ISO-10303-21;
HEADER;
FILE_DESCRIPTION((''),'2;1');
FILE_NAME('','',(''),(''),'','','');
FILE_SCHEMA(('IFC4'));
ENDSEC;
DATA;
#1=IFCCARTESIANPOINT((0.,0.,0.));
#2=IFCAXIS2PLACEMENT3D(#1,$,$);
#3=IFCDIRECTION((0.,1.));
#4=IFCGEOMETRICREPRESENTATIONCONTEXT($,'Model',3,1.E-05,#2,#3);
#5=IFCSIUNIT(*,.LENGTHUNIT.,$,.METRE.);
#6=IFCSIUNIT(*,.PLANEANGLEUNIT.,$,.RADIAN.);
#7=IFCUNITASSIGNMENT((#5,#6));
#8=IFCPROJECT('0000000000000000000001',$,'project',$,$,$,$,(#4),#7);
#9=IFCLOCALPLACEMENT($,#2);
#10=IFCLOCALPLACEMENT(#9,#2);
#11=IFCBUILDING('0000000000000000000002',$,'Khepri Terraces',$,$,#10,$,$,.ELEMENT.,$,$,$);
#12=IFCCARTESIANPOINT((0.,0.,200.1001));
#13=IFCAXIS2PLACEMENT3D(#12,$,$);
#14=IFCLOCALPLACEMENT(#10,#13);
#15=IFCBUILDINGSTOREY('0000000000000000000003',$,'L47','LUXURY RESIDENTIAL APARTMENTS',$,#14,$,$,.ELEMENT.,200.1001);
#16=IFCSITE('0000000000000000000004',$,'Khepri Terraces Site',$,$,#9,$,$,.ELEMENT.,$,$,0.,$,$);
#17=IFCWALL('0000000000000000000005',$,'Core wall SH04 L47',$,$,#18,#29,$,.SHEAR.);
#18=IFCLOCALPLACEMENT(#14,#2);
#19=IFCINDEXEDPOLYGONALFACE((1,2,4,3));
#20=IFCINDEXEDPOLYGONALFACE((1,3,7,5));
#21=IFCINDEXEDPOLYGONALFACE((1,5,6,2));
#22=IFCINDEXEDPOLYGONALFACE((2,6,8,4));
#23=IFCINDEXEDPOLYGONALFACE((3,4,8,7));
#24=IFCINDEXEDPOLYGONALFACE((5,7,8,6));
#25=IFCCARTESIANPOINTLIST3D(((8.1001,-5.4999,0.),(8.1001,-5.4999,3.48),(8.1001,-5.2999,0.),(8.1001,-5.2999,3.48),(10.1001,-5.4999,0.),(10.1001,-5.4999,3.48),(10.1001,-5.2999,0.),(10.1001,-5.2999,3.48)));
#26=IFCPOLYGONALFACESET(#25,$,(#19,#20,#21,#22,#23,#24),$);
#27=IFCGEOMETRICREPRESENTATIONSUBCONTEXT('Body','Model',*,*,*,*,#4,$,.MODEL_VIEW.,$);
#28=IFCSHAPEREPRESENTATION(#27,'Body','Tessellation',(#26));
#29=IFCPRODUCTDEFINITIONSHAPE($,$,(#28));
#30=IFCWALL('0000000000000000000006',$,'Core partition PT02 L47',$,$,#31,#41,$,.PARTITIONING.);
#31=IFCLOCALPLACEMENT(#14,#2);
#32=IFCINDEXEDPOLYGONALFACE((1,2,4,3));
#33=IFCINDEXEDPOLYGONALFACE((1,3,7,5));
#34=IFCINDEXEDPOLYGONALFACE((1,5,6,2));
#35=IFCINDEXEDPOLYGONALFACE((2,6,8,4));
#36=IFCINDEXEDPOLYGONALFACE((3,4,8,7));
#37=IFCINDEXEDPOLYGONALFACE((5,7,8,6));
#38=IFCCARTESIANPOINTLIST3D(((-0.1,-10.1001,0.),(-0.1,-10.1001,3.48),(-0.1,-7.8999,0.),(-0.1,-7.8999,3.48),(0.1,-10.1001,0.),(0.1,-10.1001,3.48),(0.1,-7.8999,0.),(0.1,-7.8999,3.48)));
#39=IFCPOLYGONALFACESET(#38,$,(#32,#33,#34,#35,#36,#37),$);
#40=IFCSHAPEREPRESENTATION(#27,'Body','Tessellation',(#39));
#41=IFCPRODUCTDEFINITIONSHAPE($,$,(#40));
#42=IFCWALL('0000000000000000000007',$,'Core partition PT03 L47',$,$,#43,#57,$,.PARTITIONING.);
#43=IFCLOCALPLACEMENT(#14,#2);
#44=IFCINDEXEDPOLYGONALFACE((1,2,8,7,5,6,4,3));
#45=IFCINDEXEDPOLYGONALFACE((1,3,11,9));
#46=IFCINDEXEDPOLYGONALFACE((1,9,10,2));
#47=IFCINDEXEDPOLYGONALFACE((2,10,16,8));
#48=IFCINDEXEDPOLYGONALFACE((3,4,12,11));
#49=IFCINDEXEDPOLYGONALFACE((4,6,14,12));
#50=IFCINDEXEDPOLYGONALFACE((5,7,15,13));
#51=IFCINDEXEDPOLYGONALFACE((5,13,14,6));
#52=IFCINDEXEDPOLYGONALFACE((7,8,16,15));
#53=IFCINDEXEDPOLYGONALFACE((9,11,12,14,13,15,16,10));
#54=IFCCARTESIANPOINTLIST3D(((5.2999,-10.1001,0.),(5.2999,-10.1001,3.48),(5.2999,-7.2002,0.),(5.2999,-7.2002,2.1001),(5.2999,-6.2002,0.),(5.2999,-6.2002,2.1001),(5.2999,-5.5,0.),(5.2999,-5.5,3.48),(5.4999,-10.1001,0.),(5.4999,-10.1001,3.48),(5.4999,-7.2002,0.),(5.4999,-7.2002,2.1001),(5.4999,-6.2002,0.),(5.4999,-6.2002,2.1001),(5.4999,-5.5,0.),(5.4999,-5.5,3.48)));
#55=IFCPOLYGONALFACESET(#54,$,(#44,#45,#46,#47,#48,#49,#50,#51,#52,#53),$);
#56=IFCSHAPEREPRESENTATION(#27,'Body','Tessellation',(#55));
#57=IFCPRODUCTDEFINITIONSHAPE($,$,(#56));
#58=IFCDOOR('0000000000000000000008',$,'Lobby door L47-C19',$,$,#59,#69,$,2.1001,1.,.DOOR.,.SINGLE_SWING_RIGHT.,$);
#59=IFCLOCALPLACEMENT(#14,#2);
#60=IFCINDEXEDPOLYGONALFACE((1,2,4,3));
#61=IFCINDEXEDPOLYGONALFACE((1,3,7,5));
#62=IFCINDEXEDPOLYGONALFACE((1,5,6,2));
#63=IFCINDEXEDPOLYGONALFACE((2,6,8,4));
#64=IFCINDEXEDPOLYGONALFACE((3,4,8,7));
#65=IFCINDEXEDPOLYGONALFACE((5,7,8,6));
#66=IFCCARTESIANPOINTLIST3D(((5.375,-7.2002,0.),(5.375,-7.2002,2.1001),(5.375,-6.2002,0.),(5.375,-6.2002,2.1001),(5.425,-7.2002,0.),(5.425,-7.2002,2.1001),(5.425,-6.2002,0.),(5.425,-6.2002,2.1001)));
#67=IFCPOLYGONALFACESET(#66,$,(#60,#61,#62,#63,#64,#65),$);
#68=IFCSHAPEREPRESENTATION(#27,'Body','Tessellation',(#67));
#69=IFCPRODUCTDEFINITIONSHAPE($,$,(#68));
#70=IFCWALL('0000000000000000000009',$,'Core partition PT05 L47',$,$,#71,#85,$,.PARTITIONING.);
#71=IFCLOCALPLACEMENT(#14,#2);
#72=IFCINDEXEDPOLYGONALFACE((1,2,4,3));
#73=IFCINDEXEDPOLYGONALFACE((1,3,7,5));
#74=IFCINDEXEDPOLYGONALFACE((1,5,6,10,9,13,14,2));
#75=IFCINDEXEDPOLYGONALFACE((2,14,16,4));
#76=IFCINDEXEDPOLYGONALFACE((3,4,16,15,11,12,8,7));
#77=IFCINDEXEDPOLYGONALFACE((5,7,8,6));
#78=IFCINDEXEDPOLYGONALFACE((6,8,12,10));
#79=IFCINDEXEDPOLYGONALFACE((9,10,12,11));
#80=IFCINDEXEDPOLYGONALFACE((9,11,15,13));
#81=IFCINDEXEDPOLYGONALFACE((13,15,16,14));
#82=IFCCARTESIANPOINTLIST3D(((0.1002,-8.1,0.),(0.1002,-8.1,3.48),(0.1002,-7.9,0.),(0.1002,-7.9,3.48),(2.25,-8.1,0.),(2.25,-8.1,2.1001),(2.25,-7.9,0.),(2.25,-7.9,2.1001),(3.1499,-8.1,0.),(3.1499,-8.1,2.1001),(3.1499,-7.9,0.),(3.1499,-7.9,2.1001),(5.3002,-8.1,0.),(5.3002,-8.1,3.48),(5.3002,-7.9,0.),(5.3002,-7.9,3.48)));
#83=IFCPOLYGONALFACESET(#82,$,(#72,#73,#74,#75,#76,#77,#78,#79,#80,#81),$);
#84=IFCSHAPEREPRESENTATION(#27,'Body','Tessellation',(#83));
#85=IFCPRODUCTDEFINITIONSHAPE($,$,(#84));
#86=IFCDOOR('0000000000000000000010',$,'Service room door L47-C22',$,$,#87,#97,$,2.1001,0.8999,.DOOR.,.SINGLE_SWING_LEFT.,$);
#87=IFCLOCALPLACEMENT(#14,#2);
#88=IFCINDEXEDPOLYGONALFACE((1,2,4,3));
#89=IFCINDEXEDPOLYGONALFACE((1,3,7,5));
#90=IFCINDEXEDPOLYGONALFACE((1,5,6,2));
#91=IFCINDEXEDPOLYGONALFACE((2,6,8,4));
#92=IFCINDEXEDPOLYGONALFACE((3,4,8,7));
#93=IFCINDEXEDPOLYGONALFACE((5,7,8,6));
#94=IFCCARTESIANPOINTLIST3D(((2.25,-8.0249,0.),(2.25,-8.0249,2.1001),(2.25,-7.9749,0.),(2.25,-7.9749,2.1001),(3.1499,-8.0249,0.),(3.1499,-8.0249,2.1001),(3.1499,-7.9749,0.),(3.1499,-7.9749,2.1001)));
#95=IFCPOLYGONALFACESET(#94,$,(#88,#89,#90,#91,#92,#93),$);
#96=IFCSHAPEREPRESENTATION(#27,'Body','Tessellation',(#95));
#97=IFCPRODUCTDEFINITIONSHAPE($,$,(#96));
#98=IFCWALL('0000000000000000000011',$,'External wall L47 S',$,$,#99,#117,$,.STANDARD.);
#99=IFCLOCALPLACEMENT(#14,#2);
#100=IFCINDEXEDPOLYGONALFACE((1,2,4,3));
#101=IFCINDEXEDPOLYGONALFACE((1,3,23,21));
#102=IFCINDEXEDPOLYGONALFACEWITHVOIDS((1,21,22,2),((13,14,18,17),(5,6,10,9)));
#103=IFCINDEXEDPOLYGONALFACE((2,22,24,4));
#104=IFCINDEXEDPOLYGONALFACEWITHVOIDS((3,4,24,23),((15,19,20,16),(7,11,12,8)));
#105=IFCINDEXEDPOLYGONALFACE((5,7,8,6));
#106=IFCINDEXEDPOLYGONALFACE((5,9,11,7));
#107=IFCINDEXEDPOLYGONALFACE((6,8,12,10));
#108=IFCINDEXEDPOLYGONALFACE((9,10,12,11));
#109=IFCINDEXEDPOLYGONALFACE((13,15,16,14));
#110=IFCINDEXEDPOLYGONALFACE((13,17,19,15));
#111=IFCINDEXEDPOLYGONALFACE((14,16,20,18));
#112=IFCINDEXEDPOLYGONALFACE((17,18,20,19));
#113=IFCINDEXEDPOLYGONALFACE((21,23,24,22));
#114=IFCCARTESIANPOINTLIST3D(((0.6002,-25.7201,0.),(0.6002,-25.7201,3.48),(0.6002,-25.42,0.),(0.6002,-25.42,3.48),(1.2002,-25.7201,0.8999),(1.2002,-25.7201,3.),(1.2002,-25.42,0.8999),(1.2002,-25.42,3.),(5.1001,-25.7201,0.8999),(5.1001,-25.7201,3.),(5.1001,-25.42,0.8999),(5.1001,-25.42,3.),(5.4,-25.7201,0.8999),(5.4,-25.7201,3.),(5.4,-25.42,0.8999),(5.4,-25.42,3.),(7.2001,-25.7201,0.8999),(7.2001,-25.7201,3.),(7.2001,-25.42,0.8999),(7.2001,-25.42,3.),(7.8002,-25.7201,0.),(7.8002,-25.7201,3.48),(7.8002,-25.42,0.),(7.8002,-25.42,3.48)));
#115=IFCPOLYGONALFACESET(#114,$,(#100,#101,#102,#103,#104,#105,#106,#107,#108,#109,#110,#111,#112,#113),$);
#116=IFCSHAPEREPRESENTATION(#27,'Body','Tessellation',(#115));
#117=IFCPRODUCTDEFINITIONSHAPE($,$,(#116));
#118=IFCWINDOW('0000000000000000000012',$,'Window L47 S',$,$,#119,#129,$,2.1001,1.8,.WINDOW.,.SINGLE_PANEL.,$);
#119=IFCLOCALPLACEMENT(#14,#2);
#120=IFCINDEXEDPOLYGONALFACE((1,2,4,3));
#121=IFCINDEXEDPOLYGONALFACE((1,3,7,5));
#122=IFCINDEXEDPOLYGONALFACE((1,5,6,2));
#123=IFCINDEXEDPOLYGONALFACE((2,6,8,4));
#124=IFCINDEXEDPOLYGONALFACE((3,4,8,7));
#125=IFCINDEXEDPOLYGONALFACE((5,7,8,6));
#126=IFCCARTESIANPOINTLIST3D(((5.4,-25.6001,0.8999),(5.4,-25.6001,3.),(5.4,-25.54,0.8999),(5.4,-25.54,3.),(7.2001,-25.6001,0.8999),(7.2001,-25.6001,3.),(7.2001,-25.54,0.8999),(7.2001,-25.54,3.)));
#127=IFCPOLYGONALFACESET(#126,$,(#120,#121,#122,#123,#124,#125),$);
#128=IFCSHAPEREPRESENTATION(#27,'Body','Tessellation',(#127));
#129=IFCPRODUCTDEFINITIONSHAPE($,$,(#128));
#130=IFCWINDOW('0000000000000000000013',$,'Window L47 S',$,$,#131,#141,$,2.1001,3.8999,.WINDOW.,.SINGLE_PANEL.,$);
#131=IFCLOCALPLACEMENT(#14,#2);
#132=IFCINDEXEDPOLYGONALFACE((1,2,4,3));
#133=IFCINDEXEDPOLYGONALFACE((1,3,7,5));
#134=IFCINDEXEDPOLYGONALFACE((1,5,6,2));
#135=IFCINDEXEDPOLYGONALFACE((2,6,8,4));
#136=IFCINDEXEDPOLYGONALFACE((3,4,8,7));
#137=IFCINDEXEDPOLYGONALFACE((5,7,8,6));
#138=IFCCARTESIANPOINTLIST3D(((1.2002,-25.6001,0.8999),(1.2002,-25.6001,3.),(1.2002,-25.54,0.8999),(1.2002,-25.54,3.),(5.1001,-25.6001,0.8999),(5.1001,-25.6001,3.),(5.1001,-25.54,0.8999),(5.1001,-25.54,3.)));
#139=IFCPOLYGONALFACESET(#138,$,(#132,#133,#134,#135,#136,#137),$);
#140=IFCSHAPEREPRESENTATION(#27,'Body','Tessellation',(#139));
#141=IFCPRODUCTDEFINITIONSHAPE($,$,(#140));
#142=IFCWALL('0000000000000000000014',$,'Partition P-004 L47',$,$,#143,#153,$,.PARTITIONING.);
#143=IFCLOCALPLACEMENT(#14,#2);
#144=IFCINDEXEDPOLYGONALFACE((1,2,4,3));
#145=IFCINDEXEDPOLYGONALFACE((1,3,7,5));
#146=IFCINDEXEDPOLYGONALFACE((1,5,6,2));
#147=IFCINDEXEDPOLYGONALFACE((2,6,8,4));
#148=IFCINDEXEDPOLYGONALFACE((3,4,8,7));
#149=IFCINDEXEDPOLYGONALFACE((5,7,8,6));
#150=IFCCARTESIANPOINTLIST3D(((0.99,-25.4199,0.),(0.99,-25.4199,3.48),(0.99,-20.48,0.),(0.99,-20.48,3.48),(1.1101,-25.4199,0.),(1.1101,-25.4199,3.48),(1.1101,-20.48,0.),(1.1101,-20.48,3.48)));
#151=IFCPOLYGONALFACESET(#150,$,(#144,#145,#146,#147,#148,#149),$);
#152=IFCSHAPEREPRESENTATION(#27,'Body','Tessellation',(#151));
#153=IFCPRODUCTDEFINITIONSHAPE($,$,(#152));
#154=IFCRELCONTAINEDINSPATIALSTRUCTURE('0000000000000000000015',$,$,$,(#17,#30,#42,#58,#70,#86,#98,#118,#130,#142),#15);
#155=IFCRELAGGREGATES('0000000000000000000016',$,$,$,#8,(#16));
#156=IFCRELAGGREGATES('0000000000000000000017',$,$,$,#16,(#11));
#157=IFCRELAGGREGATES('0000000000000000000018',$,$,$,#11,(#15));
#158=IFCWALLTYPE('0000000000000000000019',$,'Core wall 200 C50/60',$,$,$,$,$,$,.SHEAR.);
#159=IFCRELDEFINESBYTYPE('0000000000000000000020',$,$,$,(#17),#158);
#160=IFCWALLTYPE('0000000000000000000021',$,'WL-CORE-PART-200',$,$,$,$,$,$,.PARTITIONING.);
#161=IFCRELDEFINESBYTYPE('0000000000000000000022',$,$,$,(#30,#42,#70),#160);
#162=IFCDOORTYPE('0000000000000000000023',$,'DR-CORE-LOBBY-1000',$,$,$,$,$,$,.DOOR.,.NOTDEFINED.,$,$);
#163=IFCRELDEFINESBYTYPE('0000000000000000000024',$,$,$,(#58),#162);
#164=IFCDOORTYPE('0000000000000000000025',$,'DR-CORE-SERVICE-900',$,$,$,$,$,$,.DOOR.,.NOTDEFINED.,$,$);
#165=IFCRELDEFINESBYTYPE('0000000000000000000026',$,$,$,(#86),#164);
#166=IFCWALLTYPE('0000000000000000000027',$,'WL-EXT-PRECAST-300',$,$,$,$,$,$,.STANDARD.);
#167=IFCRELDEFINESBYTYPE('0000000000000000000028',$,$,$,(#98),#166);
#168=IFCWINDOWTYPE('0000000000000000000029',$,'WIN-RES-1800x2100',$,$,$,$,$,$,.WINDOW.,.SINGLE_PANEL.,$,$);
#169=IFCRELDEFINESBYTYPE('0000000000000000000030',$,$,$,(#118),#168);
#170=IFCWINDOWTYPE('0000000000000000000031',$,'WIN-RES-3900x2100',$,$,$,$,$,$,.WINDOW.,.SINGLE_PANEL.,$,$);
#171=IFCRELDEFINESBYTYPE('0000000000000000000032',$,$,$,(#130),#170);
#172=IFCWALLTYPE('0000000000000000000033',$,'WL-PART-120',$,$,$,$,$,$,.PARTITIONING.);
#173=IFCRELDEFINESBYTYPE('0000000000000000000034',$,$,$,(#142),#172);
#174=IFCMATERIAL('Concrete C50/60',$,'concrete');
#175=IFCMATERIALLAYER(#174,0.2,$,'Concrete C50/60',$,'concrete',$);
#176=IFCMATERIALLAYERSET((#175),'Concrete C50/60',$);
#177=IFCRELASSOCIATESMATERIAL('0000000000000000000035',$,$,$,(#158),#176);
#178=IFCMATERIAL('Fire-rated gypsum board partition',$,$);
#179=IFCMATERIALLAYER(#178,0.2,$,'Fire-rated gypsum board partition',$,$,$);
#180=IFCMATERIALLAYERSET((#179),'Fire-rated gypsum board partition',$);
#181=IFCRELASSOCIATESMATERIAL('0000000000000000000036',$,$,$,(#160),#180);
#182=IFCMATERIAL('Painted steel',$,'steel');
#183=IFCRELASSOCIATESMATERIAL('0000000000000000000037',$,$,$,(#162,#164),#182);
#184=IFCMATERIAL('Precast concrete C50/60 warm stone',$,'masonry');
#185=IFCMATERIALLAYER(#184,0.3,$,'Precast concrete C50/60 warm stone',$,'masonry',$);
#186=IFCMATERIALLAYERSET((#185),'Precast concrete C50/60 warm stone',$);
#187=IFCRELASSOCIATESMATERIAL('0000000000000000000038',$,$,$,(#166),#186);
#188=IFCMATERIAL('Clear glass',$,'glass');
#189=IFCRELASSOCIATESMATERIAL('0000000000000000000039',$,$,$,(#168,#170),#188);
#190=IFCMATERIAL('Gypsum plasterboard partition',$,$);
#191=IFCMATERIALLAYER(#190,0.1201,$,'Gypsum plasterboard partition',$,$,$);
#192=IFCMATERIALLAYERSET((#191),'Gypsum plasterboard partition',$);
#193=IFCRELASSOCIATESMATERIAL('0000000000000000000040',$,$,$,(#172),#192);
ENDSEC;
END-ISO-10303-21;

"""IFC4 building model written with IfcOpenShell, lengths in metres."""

from ifc_helpers import new_model, si_unit, direction, frame, frame_2d, origin, place, context, subcontext, project, spatial, rectangle, extrude, material, layer, layer_set, type_object, element, fill, save


model = new_model("IFC4")

# Units and contexts
model_context = context("Model", 3, precision=1e-05, world=origin(), true_north=direction((0.0, 1.0)))
body_context = subcontext(model_context, "Body", "Model", "MODEL_VIEW")
ifc_project = project(units=[si_unit("LENGTHUNIT", "METRE"), si_unit("PLANEANGLEUNIT", "RADIAN")], contexts=[model_context])

# Site, building, storey
site_placement = place(None, origin())
site = spatial("IfcSite", under=ifc_project, at=site_placement, Name="Khepri Terraces Site", CompositionType="ELEMENT", RefElevation=0.0)
building_placement = place(site_placement, origin())
building = spatial("IfcBuilding", under=site, at=building_placement, Name="Khepri Terraces", CompositionType="ELEMENT")
storey_placement = place(building_placement, frame((0.0, 0.0, 200.1001)))
storey = spatial("IfcBuildingStorey", under=building, at=storey_placement, Name="L47", Description="LUXURY RESIDENTIAL APARTMENTS", CompositionType="ELEMENT", Elevation=200.1001)

# Shared definitions
ifc_material_1 = material(Name="Concrete C50/60", Category="concrete")

# Shared definitions
ifc_layer_1 = layer(ifc_material_1, 0.2, Name="Concrete C50/60", Category="concrete")
ifc_layer_set_1 = layer_set([ifc_layer_1], Name="Concrete C50/60")
wall_type_1 = type_object("IfcWallType", Name="Core wall 200 C50/60", PredefinedType="SHEAR", material=ifc_layer_set_1)

# Walls
for number, where, z_axis, x_axis, name in (
    (1, (8.1001, -5.3999, 0.0), (0.0, 0.0, 1.0), (1.0, 0.0, 0.0), "Core wall SH04 L47"),
):
    element("IfcWall", number, at=place(storey_placement, frame(where, z_axis=z_axis, x_axis=x_axis)), inside=storey, type_object=wall_type_1, Name=name, PredefinedType="SHEAR", context=body_context, shape_type="SweptSolid", body=[
        extrude(rectangle(XDim=2.0, YDim=0.2, at=frame_2d((1.0, 0.0))), origin(), (0.0, 0.0, 1.0), 3.48),
    ])
ifc_material_2 = material(Name="Fire-rated gypsum board partition")
ifc_layer_2 = layer(ifc_material_2, 0.2, Name="Fire-rated gypsum board partition")
ifc_layer_set_2 = layer_set([ifc_layer_2], Name="Fire-rated gypsum board partition")
wall_type_2 = type_object("IfcWallType", Name="WL-CORE-PART-200", PredefinedType="PARTITIONING", material=ifc_layer_set_2)
wall_1_placement = place(storey_placement, frame((0.0, -10.1001, 0.0), z_axis=(0.0, 0.0, 1.0), x_axis=(0.0, 1.0, 0.0)))
element("IfcWall", 2, at=wall_1_placement, inside=storey, type_object=wall_type_2, Name="Core partition PT02 L47", PredefinedType="PARTITIONING", context=body_context, shape_type="SweptSolid", body=[
    extrude(rectangle(XDim=2.2002, YDim=0.2, at=frame_2d((1.1001, 0.0))), origin(), (0.0, 0.0, 1.0), 3.48),
])

# Walls, openings, doors
wall_2_placement = place(storey_placement, frame((5.3999, -10.1001, 0.0), z_axis=(0.0, 0.0, 1.0), x_axis=(0.0, 1.0, 0.0)))
wall_2 = element("IfcWall", 3, at=wall_2_placement, inside=storey, type_object=wall_type_2, Name="Core partition PT03 L47", PredefinedType="PARTITIONING", context=body_context, shape_type="SweptSolid", body=[
    extrude(rectangle(XDim=4.6001, YDim=0.2, at=frame_2d((2.3, 0.0))), origin(), (0.0, 0.0, 1.0), 3.48),
])
opening_1_placement = place(wall_2_placement, frame((2.8999, 0.0, 0.0)))
opening_1 = element("IfcOpeningElement", 4, at=opening_1_placement, cuts=wall_2, PredefinedType="OPENING", context=body_context, shape_type="SweptSolid", body=[
    extrude(rectangle(XDim=1.0, YDim=2.1001, at=frame_2d((0.5, 1.05))), frame((0.0, 0.1099, 0.0), z_axis=(0.0, -1.0, 0.0), x_axis=(1.0, 0.0, 0.0)), (0.0, 0.0, 1.0), 0.22),
])
ifc_material_3 = material(Name="Painted steel", Category="steel")
door_type_1 = type_object("IfcDoorType", Name="DR-CORE-LOBBY-1000", OperationType="NOTDEFINED", PredefinedType="DOOR", material=ifc_material_3)
door_1_placement = place(opening_1_placement, origin())
door_1 = element("IfcDoor", 5, at=door_1_placement, inside=storey, type_object=door_type_1, Name="Lobby door L47-C19", OperationType="SINGLE_SWING_RIGHT", OverallHeight=2.1001, OverallWidth=1.0, PredefinedType="DOOR", context=body_context, shape_type="SweptSolid", body=[
    extrude(rectangle(XDim=1.0, YDim=2.1001, at=frame_2d((0.5, 1.05))), frame((0.0, 0.0249, 0.0), z_axis=(0.0, -1.0, 0.0), x_axis=(1.0, 0.0, 0.0)), (0.0, 0.0, 1.0), 0.05),
])
fill(opening_1, door_1)
wall_3_placement = place(storey_placement, frame((0.1001, -8.0, 0.0), z_axis=(0.0, 0.0, 1.0), x_axis=(1.0, 0.0, 0.0)))
wall_3 = element("IfcWall", 6, at=wall_3_placement, inside=storey, type_object=wall_type_2, Name="Core partition PT05 L47", PredefinedType="PARTITIONING", context=body_context, shape_type="SweptSolid", body=[
    extrude(rectangle(XDim=5.2, YDim=0.2, at=frame_2d((2.6001, 0.0))), origin(), (0.0, 0.0, 1.0), 3.48),
])
opening_2_placement = place(wall_3_placement, frame((2.1499, 0.0, 0.0)))
opening_2 = element("IfcOpeningElement", 7, at=opening_2_placement, cuts=wall_3, PredefinedType="OPENING", context=body_context, shape_type="SweptSolid", body=[
    extrude(rectangle(XDim=0.8999, YDim=2.1001, at=frame_2d((0.45, 1.05))), frame((0.0, 0.1099, 0.0), z_axis=(0.0, -1.0, 0.0), x_axis=(1.0, 0.0, 0.0)), (0.0, 0.0, 1.0), 0.22),
])
door_type_2 = type_object("IfcDoorType", Name="DR-CORE-SERVICE-900", OperationType="NOTDEFINED", PredefinedType="DOOR", material=ifc_material_3)
door_2_placement = place(opening_2_placement, frame((0.8999, 0.0, 0.0), z_axis=(0.0, 0.0, 1.0), x_axis=(-1.0, 0.0, 0.0)))
door_2 = element("IfcDoor", 8, at=door_2_placement, inside=storey, type_object=door_type_2, Name="Service room door L47-C22", OperationType="SINGLE_SWING_LEFT", OverallHeight=2.1001, OverallWidth=0.8999, PredefinedType="DOOR", context=body_context, shape_type="SweptSolid", body=[
    extrude(rectangle(XDim=0.8999, YDim=2.1001, at=frame_2d((0.45, 1.05))), frame((0.0, 0.0249, 0.0), z_axis=(0.0, -1.0, 0.0), x_axis=(1.0, 0.0, 0.0)), (0.0, 0.0, 1.0), 0.05),
])
fill(opening_2, door_2)

# Wall, openings, windows
ifc_material_4 = material(Name="Precast concrete C50/60 warm stone", Category="masonry")
ifc_layer_3 = layer(ifc_material_4, 0.3, Name="Precast concrete C50/60 warm stone", Category="masonry")
ifc_layer_set_3 = layer_set([ifc_layer_3], Name="Precast concrete C50/60 warm stone")
wall_type_3 = type_object("IfcWallType", Name="WL-EXT-PRECAST-300", PredefinedType="STANDARD", material=ifc_layer_set_3)
wall_4_placement = place(storey_placement, frame((0.6001, -25.5701, 0.0), z_axis=(0.0, 0.0, 1.0), x_axis=(1.0, 0.0, 0.0)))
wall_4 = element("IfcWall", 9, at=wall_4_placement, inside=storey, type_object=wall_type_3, Name="External wall L47 S", PredefinedType="STANDARD", context=body_context, shape_type="SweptSolid", body=[
    extrude(rectangle(XDim=7.2, YDim=0.3, at=frame_2d((3.6001, 0.0))), origin(), (0.0, 0.0, 1.0), 3.48),
])
opening_3_placement = place(wall_4_placement, frame((0.6001, 0.0, 0.8999)))
opening_3 = element("IfcOpeningElement", 10, at=opening_3_placement, cuts=wall_4, PredefinedType="OPENING", context=body_context, shape_type="SweptSolid", body=[
    extrude(rectangle(XDim=3.8999, YDim=2.1001, at=frame_2d((1.95, 1.05))), frame((0.0, 0.1602, 0.0), z_axis=(0.0, -1.0, 0.0), x_axis=(1.0, 0.0, 0.0)), (0.0, 0.0, 1.0), 0.3201),
])
opening_4_placement = place(wall_4_placement, frame((4.8, 0.0, 0.8999)))
opening_4 = element("IfcOpeningElement", 11, at=opening_4_placement, cuts=wall_4, PredefinedType="OPENING", context=body_context, shape_type="SweptSolid", body=[
    extrude(rectangle(XDim=1.8, YDim=2.1001, at=frame_2d((0.8999, 1.05))), frame((0.0, 0.1602, 0.0), z_axis=(0.0, -1.0, 0.0), x_axis=(1.0, 0.0, 0.0)), (0.0, 0.0, 1.0), 0.3201),
])
ifc_material_5 = material(Name="Clear glass", Category="glass")
window_type_1 = type_object("IfcWindowType", Name="WIN-RES-1800x2100", PartitioningType="SINGLE_PANEL", PredefinedType="WINDOW", material=ifc_material_5)
window_1_placement = place(opening_4_placement, origin())
window_1 = element("IfcWindow", 12, at=window_1_placement, inside=storey, type_object=window_type_1, Name="Window L47 S", OverallHeight=2.1001, OverallWidth=1.8, PartitioningType="SINGLE_PANEL", PredefinedType="WINDOW", context=body_context, shape_type="SweptSolid", body=[
    extrude(rectangle(XDim=1.8, YDim=2.1001, at=frame_2d((0.8999, 1.05))), frame((0.0, 0.03, 0.0), z_axis=(0.0, -1.0, 0.0), x_axis=(1.0, 0.0, 0.0)), (0.0, 0.0, 1.0), 0.0601),
])
fill(opening_4, window_1)
window_type_2 = type_object("IfcWindowType", Name="WIN-RES-3900x2100", PartitioningType="SINGLE_PANEL", PredefinedType="WINDOW", material=ifc_material_5)
window_2_placement = place(opening_3_placement, origin())
window_2 = element("IfcWindow", 13, at=window_2_placement, inside=storey, type_object=window_type_2, Name="Window L47 S", OverallHeight=2.1001, OverallWidth=3.8999, PartitioningType="SINGLE_PANEL", PredefinedType="WINDOW", context=body_context, shape_type="SweptSolid", body=[
    extrude(rectangle(XDim=3.8999, YDim=2.1001, at=frame_2d((1.95, 1.05))), frame((0.0, 0.03, 0.0), z_axis=(0.0, -1.0, 0.0), x_axis=(1.0, 0.0, 0.0)), (0.0, 0.0, 1.0), 0.0601),
])
fill(opening_3, window_2)

# Wall
ifc_material_6 = material(Name="Gypsum plasterboard partition")
ifc_layer_4 = layer(ifc_material_6, 0.1201, Name="Gypsum plasterboard partition")
ifc_layer_set_4 = layer_set([ifc_layer_4], Name="Gypsum plasterboard partition")
wall_type_4 = type_object("IfcWallType", Name="WL-PART-120", PredefinedType="PARTITIONING", material=ifc_layer_set_4)
wall_5_placement = place(storey_placement, frame((1.05, -25.4199, 0.0), z_axis=(0.0, 0.0, 1.0), x_axis=(0.0, 1.0, 0.0)))
element("IfcWall", 14, at=wall_5_placement, inside=storey, type_object=wall_type_4, Name="Partition P-004 L47", PredefinedType="PARTITIONING", context=body_context, shape_type="SweptSolid", body=[
    extrude(rectangle(XDim=4.9399, YDim=0.1201, at=frame_2d((2.47, 0.0))), origin(), (0.0, 0.0, 1.0), 3.48),
])

save(model, "model.ifc")
